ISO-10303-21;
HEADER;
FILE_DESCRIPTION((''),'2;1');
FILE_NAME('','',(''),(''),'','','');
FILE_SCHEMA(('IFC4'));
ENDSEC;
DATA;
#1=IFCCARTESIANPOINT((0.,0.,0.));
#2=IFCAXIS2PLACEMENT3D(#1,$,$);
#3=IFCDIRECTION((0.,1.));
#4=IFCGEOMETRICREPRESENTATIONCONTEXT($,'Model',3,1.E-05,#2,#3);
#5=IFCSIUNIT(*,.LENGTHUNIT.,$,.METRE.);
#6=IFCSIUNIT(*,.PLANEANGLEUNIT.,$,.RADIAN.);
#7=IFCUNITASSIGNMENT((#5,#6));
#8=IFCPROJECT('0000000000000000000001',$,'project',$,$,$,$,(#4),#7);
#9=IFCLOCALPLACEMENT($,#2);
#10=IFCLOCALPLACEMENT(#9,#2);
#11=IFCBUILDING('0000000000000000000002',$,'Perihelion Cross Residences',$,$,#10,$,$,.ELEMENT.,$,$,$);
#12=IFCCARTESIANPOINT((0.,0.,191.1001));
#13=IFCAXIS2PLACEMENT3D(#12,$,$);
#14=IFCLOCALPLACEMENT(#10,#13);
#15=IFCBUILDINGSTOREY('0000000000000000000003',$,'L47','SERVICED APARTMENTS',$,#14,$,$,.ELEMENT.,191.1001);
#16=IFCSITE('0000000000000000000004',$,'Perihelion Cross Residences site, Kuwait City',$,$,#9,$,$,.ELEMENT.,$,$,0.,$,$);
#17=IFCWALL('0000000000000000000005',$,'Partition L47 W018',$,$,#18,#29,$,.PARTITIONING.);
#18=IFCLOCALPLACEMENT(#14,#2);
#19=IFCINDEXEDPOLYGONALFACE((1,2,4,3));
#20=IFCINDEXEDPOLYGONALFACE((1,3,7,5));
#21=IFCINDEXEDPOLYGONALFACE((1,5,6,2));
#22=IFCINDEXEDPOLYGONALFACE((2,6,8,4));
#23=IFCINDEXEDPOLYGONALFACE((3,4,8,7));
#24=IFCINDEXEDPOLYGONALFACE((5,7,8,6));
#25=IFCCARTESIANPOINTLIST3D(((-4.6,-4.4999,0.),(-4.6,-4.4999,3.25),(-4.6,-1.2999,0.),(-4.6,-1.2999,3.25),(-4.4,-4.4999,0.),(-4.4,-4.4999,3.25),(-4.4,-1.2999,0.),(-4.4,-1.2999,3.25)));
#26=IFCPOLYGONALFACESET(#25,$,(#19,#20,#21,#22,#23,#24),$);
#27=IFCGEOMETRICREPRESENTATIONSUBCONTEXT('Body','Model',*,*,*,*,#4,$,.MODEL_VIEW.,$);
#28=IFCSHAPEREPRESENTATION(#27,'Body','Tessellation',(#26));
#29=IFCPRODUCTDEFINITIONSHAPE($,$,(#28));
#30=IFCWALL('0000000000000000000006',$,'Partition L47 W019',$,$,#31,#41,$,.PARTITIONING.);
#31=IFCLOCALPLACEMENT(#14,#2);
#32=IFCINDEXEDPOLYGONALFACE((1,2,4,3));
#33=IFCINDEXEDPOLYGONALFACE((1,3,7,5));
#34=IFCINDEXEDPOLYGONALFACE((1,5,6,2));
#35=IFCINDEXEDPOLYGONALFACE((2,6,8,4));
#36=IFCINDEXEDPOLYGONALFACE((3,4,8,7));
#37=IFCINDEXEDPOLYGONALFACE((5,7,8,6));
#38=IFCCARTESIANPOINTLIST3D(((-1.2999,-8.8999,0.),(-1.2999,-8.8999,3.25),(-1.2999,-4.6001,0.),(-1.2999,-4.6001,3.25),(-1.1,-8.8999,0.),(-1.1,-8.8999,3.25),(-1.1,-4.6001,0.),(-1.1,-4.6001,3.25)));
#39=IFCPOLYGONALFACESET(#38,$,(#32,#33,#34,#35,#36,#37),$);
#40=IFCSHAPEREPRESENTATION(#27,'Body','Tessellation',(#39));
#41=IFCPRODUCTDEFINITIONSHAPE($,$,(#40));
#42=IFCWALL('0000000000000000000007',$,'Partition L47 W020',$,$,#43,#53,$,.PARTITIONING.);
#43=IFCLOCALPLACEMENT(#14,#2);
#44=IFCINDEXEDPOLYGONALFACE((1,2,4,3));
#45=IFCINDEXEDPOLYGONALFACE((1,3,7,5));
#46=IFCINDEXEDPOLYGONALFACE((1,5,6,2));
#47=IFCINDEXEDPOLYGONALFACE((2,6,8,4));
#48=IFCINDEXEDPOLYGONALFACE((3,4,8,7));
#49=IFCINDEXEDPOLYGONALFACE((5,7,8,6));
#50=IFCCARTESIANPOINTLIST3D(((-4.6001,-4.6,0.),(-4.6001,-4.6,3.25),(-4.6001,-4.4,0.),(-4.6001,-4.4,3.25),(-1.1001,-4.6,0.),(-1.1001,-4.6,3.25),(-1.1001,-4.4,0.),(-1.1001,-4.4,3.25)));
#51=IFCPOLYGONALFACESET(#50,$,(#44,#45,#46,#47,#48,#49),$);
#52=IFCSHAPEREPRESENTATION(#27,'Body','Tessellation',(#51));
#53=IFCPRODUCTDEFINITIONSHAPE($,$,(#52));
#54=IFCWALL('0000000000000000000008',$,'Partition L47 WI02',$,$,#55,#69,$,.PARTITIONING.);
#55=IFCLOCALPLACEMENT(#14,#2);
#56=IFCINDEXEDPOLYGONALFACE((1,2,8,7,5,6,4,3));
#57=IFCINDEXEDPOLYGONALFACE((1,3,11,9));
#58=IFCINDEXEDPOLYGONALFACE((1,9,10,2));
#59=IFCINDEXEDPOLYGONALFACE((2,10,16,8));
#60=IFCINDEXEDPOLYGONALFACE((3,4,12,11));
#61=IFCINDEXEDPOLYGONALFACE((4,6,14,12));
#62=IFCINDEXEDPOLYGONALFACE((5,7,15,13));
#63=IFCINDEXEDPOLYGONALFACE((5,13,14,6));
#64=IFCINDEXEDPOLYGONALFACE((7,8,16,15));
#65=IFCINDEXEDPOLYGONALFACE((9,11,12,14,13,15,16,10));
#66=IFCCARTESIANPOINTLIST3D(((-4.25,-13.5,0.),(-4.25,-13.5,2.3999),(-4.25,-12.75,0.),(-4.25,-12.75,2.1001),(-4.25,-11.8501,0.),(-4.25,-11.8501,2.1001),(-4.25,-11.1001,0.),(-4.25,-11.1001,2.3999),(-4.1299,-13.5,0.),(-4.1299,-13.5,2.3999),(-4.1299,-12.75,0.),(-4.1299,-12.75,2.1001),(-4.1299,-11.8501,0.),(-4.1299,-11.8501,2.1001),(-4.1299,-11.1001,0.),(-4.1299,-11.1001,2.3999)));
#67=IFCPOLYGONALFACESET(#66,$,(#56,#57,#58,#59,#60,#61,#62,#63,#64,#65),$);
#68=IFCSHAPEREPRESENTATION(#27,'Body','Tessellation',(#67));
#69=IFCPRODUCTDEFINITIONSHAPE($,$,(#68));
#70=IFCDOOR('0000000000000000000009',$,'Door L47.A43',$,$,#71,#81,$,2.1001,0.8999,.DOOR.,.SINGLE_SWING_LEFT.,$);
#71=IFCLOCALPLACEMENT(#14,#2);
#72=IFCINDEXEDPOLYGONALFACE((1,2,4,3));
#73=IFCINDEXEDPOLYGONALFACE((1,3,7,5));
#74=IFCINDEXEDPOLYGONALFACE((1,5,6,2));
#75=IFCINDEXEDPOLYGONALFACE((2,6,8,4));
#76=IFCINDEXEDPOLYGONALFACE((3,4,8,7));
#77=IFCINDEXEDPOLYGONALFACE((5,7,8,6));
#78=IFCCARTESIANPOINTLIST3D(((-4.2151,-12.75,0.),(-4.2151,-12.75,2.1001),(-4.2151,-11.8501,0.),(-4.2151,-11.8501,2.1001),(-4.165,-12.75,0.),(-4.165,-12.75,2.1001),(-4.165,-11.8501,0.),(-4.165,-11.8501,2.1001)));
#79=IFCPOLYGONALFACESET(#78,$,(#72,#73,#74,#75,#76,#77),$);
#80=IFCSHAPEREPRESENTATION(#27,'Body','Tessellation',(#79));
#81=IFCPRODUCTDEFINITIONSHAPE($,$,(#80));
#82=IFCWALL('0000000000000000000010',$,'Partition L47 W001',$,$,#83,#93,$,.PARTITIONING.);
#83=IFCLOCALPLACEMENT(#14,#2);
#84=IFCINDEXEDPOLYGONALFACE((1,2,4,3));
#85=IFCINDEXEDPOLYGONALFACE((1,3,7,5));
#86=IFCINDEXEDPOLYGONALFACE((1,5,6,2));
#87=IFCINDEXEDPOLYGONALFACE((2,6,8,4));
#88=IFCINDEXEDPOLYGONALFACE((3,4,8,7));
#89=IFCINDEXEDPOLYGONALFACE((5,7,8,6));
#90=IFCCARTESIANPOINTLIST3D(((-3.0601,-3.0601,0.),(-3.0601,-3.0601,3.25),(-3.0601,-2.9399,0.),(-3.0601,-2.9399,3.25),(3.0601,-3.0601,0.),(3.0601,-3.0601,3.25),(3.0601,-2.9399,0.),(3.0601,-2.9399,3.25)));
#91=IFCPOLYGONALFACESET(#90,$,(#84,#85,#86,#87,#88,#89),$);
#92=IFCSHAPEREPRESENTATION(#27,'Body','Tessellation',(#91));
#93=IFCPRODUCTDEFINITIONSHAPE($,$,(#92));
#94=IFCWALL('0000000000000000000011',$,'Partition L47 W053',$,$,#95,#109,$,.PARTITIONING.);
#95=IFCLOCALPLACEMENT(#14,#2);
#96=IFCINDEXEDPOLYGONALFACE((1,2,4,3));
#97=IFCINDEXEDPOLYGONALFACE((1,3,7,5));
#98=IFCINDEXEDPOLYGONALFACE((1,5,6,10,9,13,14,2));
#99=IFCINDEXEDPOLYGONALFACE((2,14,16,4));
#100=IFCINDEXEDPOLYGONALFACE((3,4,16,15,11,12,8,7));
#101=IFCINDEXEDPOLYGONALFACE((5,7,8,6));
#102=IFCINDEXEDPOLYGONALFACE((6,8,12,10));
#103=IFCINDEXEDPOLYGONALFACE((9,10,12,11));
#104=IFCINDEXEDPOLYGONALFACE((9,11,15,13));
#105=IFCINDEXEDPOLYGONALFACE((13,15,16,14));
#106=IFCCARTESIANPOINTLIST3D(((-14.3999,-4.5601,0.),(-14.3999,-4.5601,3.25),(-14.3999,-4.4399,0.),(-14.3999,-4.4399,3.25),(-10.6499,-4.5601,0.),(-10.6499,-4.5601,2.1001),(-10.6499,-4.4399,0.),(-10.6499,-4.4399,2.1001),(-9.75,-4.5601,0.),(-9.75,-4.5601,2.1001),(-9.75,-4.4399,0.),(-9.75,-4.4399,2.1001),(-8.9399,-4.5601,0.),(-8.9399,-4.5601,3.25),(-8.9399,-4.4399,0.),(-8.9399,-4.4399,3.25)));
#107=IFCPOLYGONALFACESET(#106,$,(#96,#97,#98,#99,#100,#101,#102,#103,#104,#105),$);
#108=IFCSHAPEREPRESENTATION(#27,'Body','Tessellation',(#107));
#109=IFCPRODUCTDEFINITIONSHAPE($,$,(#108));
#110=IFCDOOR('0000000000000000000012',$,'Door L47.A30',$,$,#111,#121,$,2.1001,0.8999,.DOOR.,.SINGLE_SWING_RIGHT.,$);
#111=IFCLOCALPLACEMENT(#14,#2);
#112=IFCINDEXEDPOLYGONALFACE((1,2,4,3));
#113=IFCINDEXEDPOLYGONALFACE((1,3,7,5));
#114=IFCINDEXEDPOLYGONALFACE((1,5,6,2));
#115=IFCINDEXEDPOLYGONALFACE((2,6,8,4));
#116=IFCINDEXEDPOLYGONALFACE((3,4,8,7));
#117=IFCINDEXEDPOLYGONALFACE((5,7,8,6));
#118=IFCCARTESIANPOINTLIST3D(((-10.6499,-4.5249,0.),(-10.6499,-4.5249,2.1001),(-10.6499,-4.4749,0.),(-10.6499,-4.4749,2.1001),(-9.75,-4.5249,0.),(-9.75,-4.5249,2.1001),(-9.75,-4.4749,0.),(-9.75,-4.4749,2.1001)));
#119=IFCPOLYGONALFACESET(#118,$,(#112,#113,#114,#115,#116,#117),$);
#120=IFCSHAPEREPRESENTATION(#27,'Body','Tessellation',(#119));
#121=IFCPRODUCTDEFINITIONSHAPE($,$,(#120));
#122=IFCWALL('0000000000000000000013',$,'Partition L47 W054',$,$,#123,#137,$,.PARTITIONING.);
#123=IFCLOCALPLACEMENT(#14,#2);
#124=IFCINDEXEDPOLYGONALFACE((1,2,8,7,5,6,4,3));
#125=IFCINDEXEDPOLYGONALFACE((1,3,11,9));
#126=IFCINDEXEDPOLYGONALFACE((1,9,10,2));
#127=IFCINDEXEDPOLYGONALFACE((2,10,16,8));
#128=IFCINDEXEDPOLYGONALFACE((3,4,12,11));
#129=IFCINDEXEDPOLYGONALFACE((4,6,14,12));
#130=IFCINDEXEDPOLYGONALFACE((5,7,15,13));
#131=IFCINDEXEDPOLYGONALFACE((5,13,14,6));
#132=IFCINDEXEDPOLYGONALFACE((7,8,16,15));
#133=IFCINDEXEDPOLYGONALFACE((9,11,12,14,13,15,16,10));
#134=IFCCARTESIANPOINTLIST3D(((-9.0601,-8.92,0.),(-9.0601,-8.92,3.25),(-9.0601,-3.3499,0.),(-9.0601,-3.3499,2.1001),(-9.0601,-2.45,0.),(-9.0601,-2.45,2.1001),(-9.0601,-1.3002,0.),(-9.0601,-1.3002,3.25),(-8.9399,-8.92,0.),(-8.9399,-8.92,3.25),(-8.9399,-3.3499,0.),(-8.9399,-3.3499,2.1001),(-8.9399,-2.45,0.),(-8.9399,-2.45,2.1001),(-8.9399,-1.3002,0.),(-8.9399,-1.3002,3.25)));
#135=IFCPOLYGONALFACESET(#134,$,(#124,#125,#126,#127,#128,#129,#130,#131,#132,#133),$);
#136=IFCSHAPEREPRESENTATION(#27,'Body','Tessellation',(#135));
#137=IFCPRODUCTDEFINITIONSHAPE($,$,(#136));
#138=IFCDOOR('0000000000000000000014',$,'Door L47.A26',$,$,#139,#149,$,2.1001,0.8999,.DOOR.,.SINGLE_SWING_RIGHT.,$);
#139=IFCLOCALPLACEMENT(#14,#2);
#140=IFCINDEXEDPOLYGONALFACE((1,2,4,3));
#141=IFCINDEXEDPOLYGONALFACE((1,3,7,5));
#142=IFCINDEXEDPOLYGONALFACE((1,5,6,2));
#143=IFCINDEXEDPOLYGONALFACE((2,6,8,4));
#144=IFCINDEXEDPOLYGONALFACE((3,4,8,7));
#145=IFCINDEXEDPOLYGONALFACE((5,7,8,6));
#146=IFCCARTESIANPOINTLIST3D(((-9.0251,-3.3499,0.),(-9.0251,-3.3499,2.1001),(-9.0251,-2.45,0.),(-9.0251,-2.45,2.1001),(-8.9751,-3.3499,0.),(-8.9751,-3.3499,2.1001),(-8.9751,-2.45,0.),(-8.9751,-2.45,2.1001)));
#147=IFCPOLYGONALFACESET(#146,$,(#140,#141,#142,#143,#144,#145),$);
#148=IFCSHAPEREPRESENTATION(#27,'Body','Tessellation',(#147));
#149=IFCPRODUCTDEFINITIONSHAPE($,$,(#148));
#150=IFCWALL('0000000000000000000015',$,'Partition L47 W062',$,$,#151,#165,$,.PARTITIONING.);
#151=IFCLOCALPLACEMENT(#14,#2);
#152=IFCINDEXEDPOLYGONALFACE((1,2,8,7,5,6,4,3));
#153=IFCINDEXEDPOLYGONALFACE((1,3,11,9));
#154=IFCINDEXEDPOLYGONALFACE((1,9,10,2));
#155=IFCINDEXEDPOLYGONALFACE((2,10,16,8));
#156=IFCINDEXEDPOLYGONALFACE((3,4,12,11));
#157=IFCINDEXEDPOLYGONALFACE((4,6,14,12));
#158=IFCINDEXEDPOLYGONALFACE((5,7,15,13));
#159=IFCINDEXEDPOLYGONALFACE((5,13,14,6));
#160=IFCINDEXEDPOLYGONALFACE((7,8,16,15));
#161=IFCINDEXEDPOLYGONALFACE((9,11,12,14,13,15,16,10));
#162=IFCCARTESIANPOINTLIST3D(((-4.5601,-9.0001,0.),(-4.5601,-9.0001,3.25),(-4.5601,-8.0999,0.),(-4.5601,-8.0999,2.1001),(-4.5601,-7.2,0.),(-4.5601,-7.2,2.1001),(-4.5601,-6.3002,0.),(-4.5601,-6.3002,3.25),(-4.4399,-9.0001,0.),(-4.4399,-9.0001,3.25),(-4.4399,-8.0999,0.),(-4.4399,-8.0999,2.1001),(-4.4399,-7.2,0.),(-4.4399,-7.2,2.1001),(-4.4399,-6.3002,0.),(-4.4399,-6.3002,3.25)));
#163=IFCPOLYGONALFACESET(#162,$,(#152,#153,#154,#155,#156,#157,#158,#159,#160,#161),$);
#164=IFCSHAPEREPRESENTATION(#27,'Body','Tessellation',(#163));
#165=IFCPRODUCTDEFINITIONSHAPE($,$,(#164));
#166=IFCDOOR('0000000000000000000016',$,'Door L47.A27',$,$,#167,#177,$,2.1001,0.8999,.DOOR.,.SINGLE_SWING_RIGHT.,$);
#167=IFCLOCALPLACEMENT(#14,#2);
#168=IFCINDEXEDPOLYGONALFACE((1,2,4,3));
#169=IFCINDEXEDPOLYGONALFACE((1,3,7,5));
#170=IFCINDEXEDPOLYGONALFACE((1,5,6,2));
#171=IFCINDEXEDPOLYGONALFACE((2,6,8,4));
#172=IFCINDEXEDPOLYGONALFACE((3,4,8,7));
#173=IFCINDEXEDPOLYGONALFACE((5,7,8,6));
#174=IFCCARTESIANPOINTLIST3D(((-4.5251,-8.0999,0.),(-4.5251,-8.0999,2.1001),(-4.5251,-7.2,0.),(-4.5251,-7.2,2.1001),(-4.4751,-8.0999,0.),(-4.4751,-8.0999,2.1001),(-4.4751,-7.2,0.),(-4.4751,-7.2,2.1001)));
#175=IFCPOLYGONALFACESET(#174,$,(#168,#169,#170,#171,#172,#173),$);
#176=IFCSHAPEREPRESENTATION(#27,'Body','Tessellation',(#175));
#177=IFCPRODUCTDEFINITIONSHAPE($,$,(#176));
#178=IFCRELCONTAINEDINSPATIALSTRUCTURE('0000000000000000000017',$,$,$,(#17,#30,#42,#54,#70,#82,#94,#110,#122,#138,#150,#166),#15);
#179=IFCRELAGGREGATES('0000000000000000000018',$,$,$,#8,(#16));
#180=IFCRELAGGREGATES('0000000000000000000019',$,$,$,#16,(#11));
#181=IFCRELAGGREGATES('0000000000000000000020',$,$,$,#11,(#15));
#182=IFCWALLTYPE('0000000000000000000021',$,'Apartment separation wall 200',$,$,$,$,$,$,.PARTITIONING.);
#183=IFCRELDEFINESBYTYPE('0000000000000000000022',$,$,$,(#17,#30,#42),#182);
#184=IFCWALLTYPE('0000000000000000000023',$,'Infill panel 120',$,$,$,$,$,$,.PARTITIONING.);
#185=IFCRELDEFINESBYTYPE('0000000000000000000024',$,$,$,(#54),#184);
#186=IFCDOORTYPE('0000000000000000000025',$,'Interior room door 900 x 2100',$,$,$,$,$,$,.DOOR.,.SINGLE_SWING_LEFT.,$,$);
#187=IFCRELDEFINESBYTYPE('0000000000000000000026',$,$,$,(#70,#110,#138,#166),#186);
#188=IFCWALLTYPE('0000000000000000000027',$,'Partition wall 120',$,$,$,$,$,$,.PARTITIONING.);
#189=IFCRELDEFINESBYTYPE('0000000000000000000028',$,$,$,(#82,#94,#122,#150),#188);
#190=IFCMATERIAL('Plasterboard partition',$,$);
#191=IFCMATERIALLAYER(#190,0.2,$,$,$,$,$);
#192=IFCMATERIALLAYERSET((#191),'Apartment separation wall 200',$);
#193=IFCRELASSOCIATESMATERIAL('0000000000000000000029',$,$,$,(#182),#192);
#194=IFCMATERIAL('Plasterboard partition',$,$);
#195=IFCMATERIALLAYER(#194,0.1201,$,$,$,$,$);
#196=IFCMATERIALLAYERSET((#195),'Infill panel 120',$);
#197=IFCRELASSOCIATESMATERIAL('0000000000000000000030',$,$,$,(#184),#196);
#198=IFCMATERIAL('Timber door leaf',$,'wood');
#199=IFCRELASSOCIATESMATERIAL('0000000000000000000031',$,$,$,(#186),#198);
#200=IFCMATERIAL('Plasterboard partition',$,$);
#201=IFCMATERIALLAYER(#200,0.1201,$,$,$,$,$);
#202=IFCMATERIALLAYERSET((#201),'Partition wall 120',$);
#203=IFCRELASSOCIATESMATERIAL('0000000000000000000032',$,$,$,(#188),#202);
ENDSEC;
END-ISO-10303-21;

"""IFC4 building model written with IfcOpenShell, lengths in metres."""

from ifc_helpers import new_model, si_unit, direction, frame, frame_2d, origin, place, context, subcontext, project, spatial, rectangle, extrude, material, layer, layer_set, type_object, element, fill, save


model = new_model("IFC4")

# Units and contexts
model_context = context("Model", 3, precision=1e-05, world=origin(), true_north=direction((0.0, 1.0)))
body_context = subcontext(model_context, "Body", "Model", "MODEL_VIEW")
ifc_project = project(units=[si_unit("LENGTHUNIT", "METRE"), si_unit("PLANEANGLEUNIT", "RADIAN")], contexts=[model_context])

# Site, building, storey
site_placement = place(None, origin())
site = spatial("IfcSite", under=ifc_project, at=site_placement, Name="Perihelion Cross Residences site, Kuwait City", CompositionType="ELEMENT", RefElevation=0.0)
building_placement = place(site_placement, origin())
building = spatial("IfcBuilding", under=site, at=building_placement, Name="Perihelion Cross Residences", CompositionType="ELEMENT")
storey_placement = place(building_placement, frame((0.0, 0.0, 191.1001)))
storey = spatial("IfcBuildingStorey", under=building, at=storey_placement, Name="L47", Description="SERVICED APARTMENTS", CompositionType="ELEMENT", Elevation=191.1001)

# Walls
ifc_material_1 = material(Name="Plasterboard partition")
ifc_layer_1 = layer(ifc_material_1, 0.2)
ifc_layer_set_1 = layer_set([ifc_layer_1], Name="Apartment separation wall 200")
wall_type_1 = type_object("IfcWallType", Name="Apartment separation wall 200", PredefinedType="PARTITIONING", material=ifc_layer_set_1)
wall_1_placement = place(storey_placement, frame((-4.5, -4.5, 0.0), z_axis=(0.0, 0.0, 1.0), x_axis=(0.0, 1.0, 0.0)))
element("IfcWall", 1, at=wall_1_placement, inside=storey, type_object=wall_type_1, Name="Partition L47 W018", PredefinedType="PARTITIONING", context=body_context, shape_type="SweptSolid", body=[
    extrude(rectangle(XDim=3.2, YDim=0.2, at=frame_2d((1.6001, 0.0))), origin(), (0.0, 0.0, 1.0), 3.25),
])
wall_2_placement = place(storey_placement, frame((-1.2, -8.8999, 0.0), z_axis=(0.0, 0.0, 1.0), x_axis=(0.0, 1.0, 0.0)))
element("IfcWall", 2, at=wall_2_placement, inside=storey, type_object=wall_type_1, Name="Partition L47 W019", PredefinedType="PARTITIONING", context=body_context, shape_type="SweptSolid", body=[
    extrude(rectangle(XDim=4.2998, YDim=0.2, at=frame_2d((2.1499, 0.0))), origin(), (0.0, 0.0, 1.0), 3.25),
])
wall_3_placement = place(storey_placement, frame((-1.1001, -4.5, 0.0), z_axis=(0.0, 0.0, 1.0), x_axis=(-1.0, 0.0, 0.0)))
element("IfcWall", 3, at=wall_3_placement, inside=storey, type_object=wall_type_1, Name="Partition L47 W020", PredefinedType="PARTITIONING", context=body_context, shape_type="SweptSolid", body=[
    extrude(rectangle(XDim=3.5, YDim=0.2, at=frame_2d((1.75, 0.0))), origin(), (0.0, 0.0, 1.0), 3.25),
])

# Wall, opening, door
ifc_material_2 = material(Name="Plasterboard partition")
ifc_layer_2 = layer(ifc_material_2, 0.1201)
ifc_layer_set_2 = layer_set([ifc_layer_2], Name="Infill panel 120")
wall_type_2 = type_object("IfcWallType", Name="Infill panel 120", PredefinedType="PARTITIONING", material=ifc_layer_set_2)
wall_4_placement = place(storey_placement, frame((-4.1899, -11.1001, 0.0), z_axis=(0.0, 0.0, 1.0), x_axis=(0.0, -1.0, 0.0)))
wall_4 = element("IfcWall", 4, at=wall_4_placement, inside=storey, type_object=wall_type_2, Name="Partition L47 WI02", PredefinedType="PARTITIONING", context=body_context, shape_type="SweptSolid", body=[
    extrude(rectangle(XDim=2.3999, YDim=0.1201, at=frame_2d((1.2, 0.0))), origin(), (0.0, 0.0, 1.0), 2.3999),
])
opening_1_placement = place(wall_4_placement, frame((0.75, 0.0, 0.0)))
opening_1 = element("IfcOpeningElement", 5, at=opening_1_placement, cuts=wall_4, PredefinedType="OPENING", context=body_context, shape_type="SweptSolid", body=[
    extrude(rectangle(XDim=0.8999, YDim=2.1001, at=frame_2d((0.45, 1.05))), frame((0.0, 0.0701, 0.0), z_axis=(0.0, -1.0, 0.0), x_axis=(1.0, 0.0, 0.0)), (0.0, 0.0, 1.0), 0.1401),
])
ifc_material_3 = material(Name="Timber door leaf", Category="wood")
door_type_1 = type_object("IfcDoorType", Name="Interior room door 900 x 2100", OperationType="SINGLE_SWING_LEFT", PredefinedType="DOOR", material=ifc_material_3)
door_1_placement = place(opening_1_placement, origin())
door_1 = element("IfcDoor", 6, at=door_1_placement, inside=storey, type_object=door_type_1, Name="Door L47.A43", OperationType="SINGLE_SWING_LEFT", OverallHeight=2.1001, OverallWidth=0.8999, PredefinedType="DOOR", context=body_context, shape_type="SweptSolid", body=[
    extrude(rectangle(XDim=0.8999, YDim=2.1001, at=frame_2d((0.45, 1.05))), frame((0.0, 0.0249, 0.0), z_axis=(0.0, -1.0, 0.0), x_axis=(1.0, 0.0, 0.0)), (0.0, 0.0, 1.0), 0.05),
])
fill(opening_1, door_1)

# Wall
ifc_material_4 = material(Name="Plasterboard partition")
ifc_layer_3 = layer(ifc_material_4, 0.1201)
ifc_layer_set_3 = layer_set([ifc_layer_3], Name="Partition wall 120")
wall_type_3 = type_object("IfcWallType", Name="Partition wall 120", PredefinedType="PARTITIONING", material=ifc_layer_set_3)
wall_5_placement = place(storey_placement, frame((-3.0601, -3.0, 0.0), z_axis=(0.0, 0.0, 1.0), x_axis=(1.0, 0.0, 0.0)))
element("IfcWall", 7, at=wall_5_placement, inside=storey, type_object=wall_type_3, Name="Partition L47 W001", PredefinedType="PARTITIONING", context=body_context, shape_type="SweptSolid", body=[
    extrude(rectangle(XDim=6.1201, YDim=0.1201, at=frame_2d((3.0601, 0.0))), origin(), (0.0, 0.0, 1.0), 3.25),
])

# Walls, openings, doors
wall_6_placement = place(storey_placement, frame((-8.9399, -4.5, 0.0), z_axis=(0.0, 0.0, 1.0), x_axis=(-1.0, 0.0, 0.0)))
wall_6 = element("IfcWall", 8, at=wall_6_placement, inside=storey, type_object=wall_type_3, Name="Partition L47 W053", PredefinedType="PARTITIONING", context=body_context, shape_type="SweptSolid", body=[
    extrude(rectangle(XDim=5.46, YDim=0.1201, at=frame_2d((2.73, 0.0))), origin(), (0.0, 0.0, 1.0), 3.25),
])
opening_2_placement = place(wall_6_placement, frame((0.8101, 0.0, 0.0)))
opening_2 = element("IfcOpeningElement", 9, at=opening_2_placement, cuts=wall_6, PredefinedType="OPENING", context=body_context, shape_type="SweptSolid", body=[
    extrude(rectangle(XDim=0.8999, YDim=2.1001, at=frame_2d((0.45, 1.05))), frame((0.0, 0.0701, 0.0), z_axis=(0.0, -1.0, 0.0), x_axis=(1.0, 0.0, 0.0)), (0.0, 0.0, 1.0), 0.1401),
])
door_2_placement = place(opening_2_placement, origin())
door_2 = element("IfcDoor", 10, at=door_2_placement, inside=storey, type_object=door_type_1, Name="Door L47.A30", OperationType="SINGLE_SWING_RIGHT", OverallHeight=2.1001, OverallWidth=0.8999, PredefinedType="DOOR", context=body_context, shape_type="SweptSolid", body=[
    extrude(rectangle(XDim=0.8999, YDim=2.1001, at=frame_2d((0.45, 1.05))), frame((0.0, 0.0249, 0.0), z_axis=(0.0, -1.0, 0.0), x_axis=(1.0, 0.0, 0.0)), (0.0, 0.0, 1.0), 0.05),
])
fill(opening_2, door_2)
wall_7_placement = place(storey_placement, frame((-9.0, -1.3, 0.0), z_axis=(0.0, 0.0, 1.0), x_axis=(0.0, -1.0, 0.0)))
wall_7 = element("IfcWall", 11, at=wall_7_placement, inside=storey, type_object=wall_type_3, Name="Partition L47 W054", PredefinedType="PARTITIONING", context=body_context, shape_type="SweptSolid", body=[
    extrude(rectangle(XDim=7.6199, YDim=0.1201, at=frame_2d((3.8101, 0.0))), origin(), (0.0, 0.0, 1.0), 3.25),
])
opening_3_placement = place(wall_7_placement, frame((1.1499, 0.0, 0.0)))
opening_3 = element("IfcOpeningElement", 12, at=opening_3_placement, cuts=wall_7, PredefinedType="OPENING", context=body_context, shape_type="SweptSolid", body=[
    extrude(rectangle(XDim=0.8999, YDim=2.1001, at=frame_2d((0.45, 1.05))), frame((0.0, 0.0701, 0.0), z_axis=(0.0, -1.0, 0.0), x_axis=(1.0, 0.0, 0.0)), (0.0, 0.0, 1.0), 0.1401),
])
door_3_placement = place(opening_3_placement, origin())
door_3 = element("IfcDoor", 13, at=door_3_placement, inside=storey, type_object=door_type_1, Name="Door L47.A26", OperationType="SINGLE_SWING_RIGHT", OverallHeight=2.1001, OverallWidth=0.8999, PredefinedType="DOOR", context=body_context, shape_type="SweptSolid", body=[
    extrude(rectangle(XDim=0.8999, YDim=2.1001, at=frame_2d((0.45, 1.05))), frame((0.0, 0.0249, 0.0), z_axis=(0.0, -1.0, 0.0), x_axis=(1.0, 0.0, 0.0)), (0.0, 0.0, 1.0), 0.05),
])
fill(opening_3, door_3)
wall_8_placement = place(storey_placement, frame((-4.5, -6.3, 0.0), z_axis=(0.0, 0.0, 1.0), x_axis=(0.0, -1.0, 0.0)))
wall_8 = element("IfcWall", 14, at=wall_8_placement, inside=storey, type_object=wall_type_3, Name="Partition L47 W062", PredefinedType="PARTITIONING", context=body_context, shape_type="SweptSolid", body=[
    extrude(rectangle(XDim=2.7, YDim=0.1201, at=frame_2d((1.3501, 0.0))), origin(), (0.0, 0.0, 1.0), 3.25),
])
opening_4_placement = place(wall_8_placement, frame((0.8999, 0.0, 0.0)))
opening_4 = element("IfcOpeningElement", 15, at=opening_4_placement, cuts=wall_8, PredefinedType="OPENING", context=body_context, shape_type="SweptSolid", body=[
    extrude(rectangle(XDim=0.8999, YDim=2.1001, at=frame_2d((0.45, 1.05))), frame((0.0, 0.0701, 0.0), z_axis=(0.0, -1.0, 0.0), x_axis=(1.0, 0.0, 0.0)), (0.0, 0.0, 1.0), 0.1401),
])
door_4_placement = place(opening_4_placement, origin())
door_4 = element("IfcDoor", 16, at=door_4_placement, inside=storey, type_object=door_type_1, Name="Door L47.A27", OperationType="SINGLE_SWING_RIGHT", OverallHeight=2.1001, OverallWidth=0.8999, PredefinedType="DOOR", context=body_context, shape_type="SweptSolid", body=[
    extrude(rectangle(XDim=0.8999, YDim=2.1001, at=frame_2d((0.45, 1.05))), frame((0.0, 0.0249, 0.0), z_axis=(0.0, -1.0, 0.0), x_axis=(1.0, 0.0, 0.0)), (0.0, 0.0, 1.0), 0.05),
])
fill(opening_4, door_4)

save(model, "model.ifc")
